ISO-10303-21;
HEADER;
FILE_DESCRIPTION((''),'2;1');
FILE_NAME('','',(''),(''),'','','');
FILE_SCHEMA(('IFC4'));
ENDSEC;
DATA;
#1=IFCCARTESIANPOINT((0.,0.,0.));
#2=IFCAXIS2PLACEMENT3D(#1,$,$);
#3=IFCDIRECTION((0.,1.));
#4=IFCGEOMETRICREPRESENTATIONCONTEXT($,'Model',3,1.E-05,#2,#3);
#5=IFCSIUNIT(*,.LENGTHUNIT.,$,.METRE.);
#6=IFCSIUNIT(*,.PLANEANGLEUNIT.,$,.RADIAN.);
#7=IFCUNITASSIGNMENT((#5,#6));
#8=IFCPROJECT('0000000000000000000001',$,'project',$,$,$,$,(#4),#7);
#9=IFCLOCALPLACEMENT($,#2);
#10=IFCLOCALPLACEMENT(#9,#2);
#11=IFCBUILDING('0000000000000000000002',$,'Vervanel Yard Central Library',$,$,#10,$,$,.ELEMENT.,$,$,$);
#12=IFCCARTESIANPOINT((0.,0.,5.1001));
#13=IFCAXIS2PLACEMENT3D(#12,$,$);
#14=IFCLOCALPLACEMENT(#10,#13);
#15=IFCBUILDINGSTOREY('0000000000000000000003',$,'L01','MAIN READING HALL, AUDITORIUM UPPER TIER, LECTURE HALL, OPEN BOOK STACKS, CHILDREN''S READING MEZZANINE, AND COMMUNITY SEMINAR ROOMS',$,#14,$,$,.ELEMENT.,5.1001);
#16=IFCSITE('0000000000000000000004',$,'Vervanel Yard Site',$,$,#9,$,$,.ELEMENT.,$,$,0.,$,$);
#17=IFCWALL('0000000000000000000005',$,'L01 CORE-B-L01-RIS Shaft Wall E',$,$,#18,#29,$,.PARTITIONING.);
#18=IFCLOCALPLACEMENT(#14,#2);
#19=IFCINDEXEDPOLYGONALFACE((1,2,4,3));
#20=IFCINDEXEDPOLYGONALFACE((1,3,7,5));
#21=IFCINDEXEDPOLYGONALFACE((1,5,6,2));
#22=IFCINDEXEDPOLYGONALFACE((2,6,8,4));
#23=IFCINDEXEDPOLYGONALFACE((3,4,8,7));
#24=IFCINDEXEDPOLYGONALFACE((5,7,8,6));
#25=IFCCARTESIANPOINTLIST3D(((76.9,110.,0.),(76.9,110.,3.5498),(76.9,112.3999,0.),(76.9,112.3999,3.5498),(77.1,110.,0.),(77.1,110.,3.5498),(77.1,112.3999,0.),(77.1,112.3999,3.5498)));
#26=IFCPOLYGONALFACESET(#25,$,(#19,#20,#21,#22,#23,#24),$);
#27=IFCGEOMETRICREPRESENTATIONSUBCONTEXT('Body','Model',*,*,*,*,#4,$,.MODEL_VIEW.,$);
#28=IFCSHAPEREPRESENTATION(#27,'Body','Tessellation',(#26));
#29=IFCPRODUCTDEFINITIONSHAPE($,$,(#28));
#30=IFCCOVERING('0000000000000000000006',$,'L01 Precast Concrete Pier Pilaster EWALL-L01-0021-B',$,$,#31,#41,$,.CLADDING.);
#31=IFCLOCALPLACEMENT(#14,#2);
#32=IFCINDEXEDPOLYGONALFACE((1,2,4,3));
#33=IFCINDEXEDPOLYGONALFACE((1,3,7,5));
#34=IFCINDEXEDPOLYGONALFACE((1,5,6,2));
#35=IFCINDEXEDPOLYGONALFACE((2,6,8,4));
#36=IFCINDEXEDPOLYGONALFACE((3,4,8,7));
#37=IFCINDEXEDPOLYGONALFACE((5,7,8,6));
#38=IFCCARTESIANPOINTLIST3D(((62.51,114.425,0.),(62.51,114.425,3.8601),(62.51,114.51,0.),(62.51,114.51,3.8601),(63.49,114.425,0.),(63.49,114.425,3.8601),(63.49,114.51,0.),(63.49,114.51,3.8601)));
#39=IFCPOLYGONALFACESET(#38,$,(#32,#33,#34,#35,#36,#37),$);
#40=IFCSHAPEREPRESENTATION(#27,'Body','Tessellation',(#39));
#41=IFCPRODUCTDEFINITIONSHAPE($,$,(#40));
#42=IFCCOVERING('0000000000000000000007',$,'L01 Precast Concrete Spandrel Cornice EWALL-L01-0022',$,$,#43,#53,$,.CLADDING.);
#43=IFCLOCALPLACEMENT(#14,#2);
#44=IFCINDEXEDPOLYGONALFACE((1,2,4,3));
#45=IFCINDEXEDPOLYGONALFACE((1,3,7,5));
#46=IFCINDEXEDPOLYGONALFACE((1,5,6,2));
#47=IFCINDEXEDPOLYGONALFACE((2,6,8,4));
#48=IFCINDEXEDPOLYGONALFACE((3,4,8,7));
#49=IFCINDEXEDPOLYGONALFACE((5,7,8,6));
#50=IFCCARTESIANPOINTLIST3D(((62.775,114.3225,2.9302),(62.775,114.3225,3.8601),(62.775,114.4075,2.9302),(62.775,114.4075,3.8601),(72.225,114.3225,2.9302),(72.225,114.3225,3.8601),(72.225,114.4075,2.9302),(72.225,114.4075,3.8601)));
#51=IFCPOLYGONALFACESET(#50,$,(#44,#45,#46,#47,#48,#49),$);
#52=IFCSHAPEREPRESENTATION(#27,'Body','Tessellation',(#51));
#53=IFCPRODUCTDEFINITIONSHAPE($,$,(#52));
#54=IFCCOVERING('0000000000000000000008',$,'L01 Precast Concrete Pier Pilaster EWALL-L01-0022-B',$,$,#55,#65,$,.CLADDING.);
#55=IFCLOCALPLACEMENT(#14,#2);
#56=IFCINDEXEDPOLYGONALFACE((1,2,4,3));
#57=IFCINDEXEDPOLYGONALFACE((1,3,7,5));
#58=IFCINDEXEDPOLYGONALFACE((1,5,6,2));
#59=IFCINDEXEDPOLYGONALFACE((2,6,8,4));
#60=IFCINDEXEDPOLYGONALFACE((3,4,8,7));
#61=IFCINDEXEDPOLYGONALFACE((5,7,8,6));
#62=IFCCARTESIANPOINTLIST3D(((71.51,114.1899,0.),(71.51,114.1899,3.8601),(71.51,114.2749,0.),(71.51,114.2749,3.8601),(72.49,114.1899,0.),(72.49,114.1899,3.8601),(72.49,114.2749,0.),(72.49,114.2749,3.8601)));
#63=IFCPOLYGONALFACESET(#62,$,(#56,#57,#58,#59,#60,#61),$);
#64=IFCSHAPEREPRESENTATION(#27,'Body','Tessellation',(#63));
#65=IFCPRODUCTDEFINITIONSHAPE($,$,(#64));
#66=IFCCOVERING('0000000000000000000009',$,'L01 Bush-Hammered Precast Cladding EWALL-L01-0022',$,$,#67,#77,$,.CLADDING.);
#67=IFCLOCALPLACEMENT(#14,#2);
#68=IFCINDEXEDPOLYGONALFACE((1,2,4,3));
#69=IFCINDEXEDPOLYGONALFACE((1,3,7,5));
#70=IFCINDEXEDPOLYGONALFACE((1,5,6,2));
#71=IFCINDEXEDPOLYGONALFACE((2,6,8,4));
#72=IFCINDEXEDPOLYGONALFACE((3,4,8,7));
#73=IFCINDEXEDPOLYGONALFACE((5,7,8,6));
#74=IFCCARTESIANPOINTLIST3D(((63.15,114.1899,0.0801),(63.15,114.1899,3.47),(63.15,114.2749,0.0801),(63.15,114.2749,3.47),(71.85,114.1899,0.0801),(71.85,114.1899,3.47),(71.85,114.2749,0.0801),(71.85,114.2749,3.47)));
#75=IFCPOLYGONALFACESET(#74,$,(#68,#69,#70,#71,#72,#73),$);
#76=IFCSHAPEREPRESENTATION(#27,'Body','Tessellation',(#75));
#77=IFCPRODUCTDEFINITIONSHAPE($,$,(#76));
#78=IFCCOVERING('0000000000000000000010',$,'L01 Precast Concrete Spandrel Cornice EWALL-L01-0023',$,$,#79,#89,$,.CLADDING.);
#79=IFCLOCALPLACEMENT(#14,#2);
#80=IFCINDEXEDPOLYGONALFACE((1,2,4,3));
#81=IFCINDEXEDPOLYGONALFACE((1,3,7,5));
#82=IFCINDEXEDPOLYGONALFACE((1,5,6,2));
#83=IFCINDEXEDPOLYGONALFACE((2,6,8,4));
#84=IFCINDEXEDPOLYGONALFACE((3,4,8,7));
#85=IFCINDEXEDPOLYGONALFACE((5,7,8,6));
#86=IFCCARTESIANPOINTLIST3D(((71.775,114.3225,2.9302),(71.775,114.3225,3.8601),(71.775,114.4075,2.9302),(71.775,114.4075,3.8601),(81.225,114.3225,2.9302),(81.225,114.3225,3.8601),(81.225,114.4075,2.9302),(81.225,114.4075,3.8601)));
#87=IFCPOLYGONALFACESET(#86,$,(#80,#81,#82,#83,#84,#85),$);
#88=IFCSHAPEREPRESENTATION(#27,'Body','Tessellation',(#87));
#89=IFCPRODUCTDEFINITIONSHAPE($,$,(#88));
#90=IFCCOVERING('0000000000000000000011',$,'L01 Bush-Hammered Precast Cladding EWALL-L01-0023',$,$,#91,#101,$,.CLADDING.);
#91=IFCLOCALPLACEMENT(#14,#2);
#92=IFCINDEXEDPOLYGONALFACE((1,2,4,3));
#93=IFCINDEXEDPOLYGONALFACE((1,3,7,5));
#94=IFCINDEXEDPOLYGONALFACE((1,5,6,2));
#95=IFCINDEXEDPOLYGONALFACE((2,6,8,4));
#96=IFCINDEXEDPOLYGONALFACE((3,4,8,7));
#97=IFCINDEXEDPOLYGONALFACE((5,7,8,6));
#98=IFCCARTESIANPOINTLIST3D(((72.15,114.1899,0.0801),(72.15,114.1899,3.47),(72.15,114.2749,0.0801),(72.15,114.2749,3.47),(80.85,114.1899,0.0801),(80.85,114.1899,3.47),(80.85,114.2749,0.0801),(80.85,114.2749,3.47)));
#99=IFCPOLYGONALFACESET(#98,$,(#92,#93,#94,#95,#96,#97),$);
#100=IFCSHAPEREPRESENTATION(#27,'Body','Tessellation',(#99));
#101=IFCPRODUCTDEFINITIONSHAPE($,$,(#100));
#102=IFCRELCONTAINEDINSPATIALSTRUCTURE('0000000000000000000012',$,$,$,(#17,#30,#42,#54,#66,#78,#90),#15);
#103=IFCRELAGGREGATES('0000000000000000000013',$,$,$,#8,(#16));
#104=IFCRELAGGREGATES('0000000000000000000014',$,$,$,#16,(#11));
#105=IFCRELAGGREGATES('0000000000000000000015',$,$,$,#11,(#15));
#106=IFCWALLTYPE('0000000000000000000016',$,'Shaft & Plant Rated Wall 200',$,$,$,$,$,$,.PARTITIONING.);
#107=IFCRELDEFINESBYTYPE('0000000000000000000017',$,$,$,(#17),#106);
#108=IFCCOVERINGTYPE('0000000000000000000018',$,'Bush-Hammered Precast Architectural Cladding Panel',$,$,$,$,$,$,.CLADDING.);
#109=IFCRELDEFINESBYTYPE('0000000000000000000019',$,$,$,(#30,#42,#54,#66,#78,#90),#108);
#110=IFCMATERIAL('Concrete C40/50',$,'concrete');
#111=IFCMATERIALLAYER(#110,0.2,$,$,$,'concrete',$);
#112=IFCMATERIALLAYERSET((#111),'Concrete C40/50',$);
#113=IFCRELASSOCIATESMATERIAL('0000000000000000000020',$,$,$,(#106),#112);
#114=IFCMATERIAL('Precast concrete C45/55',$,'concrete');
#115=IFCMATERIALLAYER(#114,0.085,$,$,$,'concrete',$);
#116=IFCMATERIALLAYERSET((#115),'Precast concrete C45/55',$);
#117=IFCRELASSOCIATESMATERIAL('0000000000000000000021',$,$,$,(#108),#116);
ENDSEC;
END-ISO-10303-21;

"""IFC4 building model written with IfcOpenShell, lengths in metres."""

from ifc_helpers import new_model, si_unit, direction, frame, frame_2d, origin, origin_2d, place, context, subcontext, project, spatial, rectangle, extrude, material, layer, layer_set, type_object, element, save


model = new_model("IFC4")

# Units and contexts
model_context = context("Model", 3, precision=1e-05, world=origin(), true_north=direction((0.0, 1.0)))
body_context = subcontext(model_context, "Body", "Model", "MODEL_VIEW")
ifc_project = project(units=[si_unit("LENGTHUNIT", "METRE"), si_unit("PLANEANGLEUNIT", "RADIAN")], contexts=[model_context])

# Site, building, storey
site_placement = place(None, origin())
site = spatial("IfcSite", under=ifc_project, at=site_placement, Name="Vervanel Yard Site", CompositionType="ELEMENT", RefElevation=0.0)
building_placement = place(site_placement, origin())
building = spatial("IfcBuilding", under=site, at=building_placement, Name="Vervanel Yard Central Library", CompositionType="ELEMENT")
storey_placement = place(building_placement, frame((0.0, 0.0, 5.1001)))
storey = spatial("IfcBuildingStorey", under=building, at=storey_placement, Name="L01", Description="MAIN READING HALL, AUDITORIUM UPPER TIER, LECTURE HALL, OPEN BOOK STACKS, CHILDREN'S READING MEZZANINE, AND COMMUNITY SEMINAR ROOMS", CompositionType="ELEMENT", Elevation=5.1001)

# Shared definitions
ifc_material_1 = material(Name="Concrete C40/50", Category="concrete")

# Wall
ifc_layer_1 = layer(ifc_material_1, 0.2, Category="concrete")
ifc_layer_set_1 = layer_set([ifc_layer_1], Name="Concrete C40/50")
wall_type_1 = type_object("IfcWallType", Name="Shaft & Plant Rated Wall 200", PredefinedType="PARTITIONING", material=ifc_layer_set_1)
for number, where, z_axis, x_axis, name in (
    (1, (77.0, 110.0, 0.0), (0.0, 0.0, 1.0), (0.0, 1.0, 0.0), "L01 CORE-B-L01-RIS Shaft Wall E"),
):
    element("IfcWall", number, at=place(storey_placement, frame(where, z_axis=z_axis, x_axis=x_axis)), inside=storey, type_object=wall_type_1, Name=name, PredefinedType="PARTITIONING", context=body_context, shape_type="SweptSolid", body=[
        extrude(rectangle(XDim=2.3999, YDim=0.2, at=frame_2d((1.2, 0.0))), origin(), (0.0, 0.0, 1.0), 3.5498),
    ])

# Coverings
ifc_material_2 = material(Name="Precast concrete C45/55", Category="concrete")
ifc_layer_2 = layer(ifc_material_2, 0.085, Category="concrete")
ifc_layer_set_2 = layer_set([ifc_layer_2], Name="Precast concrete C45/55")
covering_type = type_object("IfcCoveringType", Name="Bush-Hammered Precast Architectural Cladding Panel", PredefinedType="CLADDING", material=ifc_layer_set_2)
covering_1_placement = place(storey_placement, frame((63.0, 114.4675, 0.0), z_axis=(0.0, 0.0, 1.0), x_axis=(1.0, 0.0, 0.0)))
element("IfcCovering", 2, at=covering_1_placement, inside=storey, type_object=covering_type, Name="L01 Precast Concrete Pier Pilaster EWALL-L01-0021-B", PredefinedType="CLADDING", context=body_context, shape_type="SweptSolid", body=[
    extrude(rectangle(XDim=0.98, YDim=0.085, at=origin_2d()), origin(), (0.0, 0.0, 1.0), 3.8601),
])
covering_2_placement = place(storey_placement, frame((67.5, 114.365, 2.9302), z_axis=(0.0, 0.0, 1.0), x_axis=(1.0, 0.0, 0.0)))
element("IfcCovering", 3, at=covering_2_placement, inside=storey, type_object=covering_type, Name="L01 Precast Concrete Spandrel Cornice EWALL-L01-0022", PredefinedType="CLADDING", context=body_context, shape_type="SweptSolid", body=[
    extrude(rectangle(XDim=9.45, YDim=0.085, at=origin_2d()), origin(), (0.0, 0.0, 1.0), 0.9299),
])
covering_3_placement = place(storey_placement, frame((72.0, 114.2324, 0.0), z_axis=(0.0, 0.0, 1.0), x_axis=(1.0, 0.0, 0.0)))
element("IfcCovering", 4, at=covering_3_placement, inside=storey, type_object=covering_type, Name="L01 Precast Concrete Pier Pilaster EWALL-L01-0022-B", PredefinedType="CLADDING", context=body_context, shape_type="SweptSolid", body=[
    extrude(rectangle(XDim=0.98, YDim=0.085, at=origin_2d()), origin(), (0.0, 0.0, 1.0), 3.8601),
])
covering_4_placement = place(storey_placement, frame((67.5, 114.2324, 0.0801), z_axis=(0.0, 0.0, 1.0), x_axis=(1.0, 0.0, 0.0)))
element("IfcCovering", 5, at=covering_4_placement, inside=storey, type_object=covering_type, Name="L01 Bush-Hammered Precast Cladding EWALL-L01-0022", PredefinedType="CLADDING", context=body_context, shape_type="SweptSolid", body=[
    extrude(rectangle(XDim=8.7, YDim=0.085, at=origin_2d()), origin(), (0.0, 0.0, 1.0), 3.3899),
])
covering_5_placement = place(storey_placement, frame((76.5, 114.365, 2.9302), z_axis=(0.0, 0.0, 1.0), x_axis=(1.0, 0.0, 0.0)))
element("IfcCovering", 6, at=covering_5_placement, inside=storey, type_object=covering_type, Name="L01 Precast Concrete Spandrel Cornice EWALL-L01-0023", PredefinedType="CLADDING", context=body_context, shape_type="SweptSolid", body=[
    extrude(rectangle(XDim=9.45, YDim=0.085, at=origin_2d()), origin(), (0.0, 0.0, 1.0), 0.9299),
])
covering_6_placement = place(storey_placement, frame((76.5, 114.2324, 0.0801), z_axis=(0.0, 0.0, 1.0), x_axis=(1.0, 0.0, 0.0)))
element("IfcCovering", 7, at=covering_6_placement, inside=storey, type_object=covering_type, Name="L01 Bush-Hammered Precast Cladding EWALL-L01-0023", PredefinedType="CLADDING", context=body_context, shape_type="SweptSolid", body=[
    extrude(rectangle(XDim=8.7, YDim=0.085, at=origin_2d()), origin(), (0.0, 0.0, 1.0), 3.3899),
])

save(model, "model.ifc")
